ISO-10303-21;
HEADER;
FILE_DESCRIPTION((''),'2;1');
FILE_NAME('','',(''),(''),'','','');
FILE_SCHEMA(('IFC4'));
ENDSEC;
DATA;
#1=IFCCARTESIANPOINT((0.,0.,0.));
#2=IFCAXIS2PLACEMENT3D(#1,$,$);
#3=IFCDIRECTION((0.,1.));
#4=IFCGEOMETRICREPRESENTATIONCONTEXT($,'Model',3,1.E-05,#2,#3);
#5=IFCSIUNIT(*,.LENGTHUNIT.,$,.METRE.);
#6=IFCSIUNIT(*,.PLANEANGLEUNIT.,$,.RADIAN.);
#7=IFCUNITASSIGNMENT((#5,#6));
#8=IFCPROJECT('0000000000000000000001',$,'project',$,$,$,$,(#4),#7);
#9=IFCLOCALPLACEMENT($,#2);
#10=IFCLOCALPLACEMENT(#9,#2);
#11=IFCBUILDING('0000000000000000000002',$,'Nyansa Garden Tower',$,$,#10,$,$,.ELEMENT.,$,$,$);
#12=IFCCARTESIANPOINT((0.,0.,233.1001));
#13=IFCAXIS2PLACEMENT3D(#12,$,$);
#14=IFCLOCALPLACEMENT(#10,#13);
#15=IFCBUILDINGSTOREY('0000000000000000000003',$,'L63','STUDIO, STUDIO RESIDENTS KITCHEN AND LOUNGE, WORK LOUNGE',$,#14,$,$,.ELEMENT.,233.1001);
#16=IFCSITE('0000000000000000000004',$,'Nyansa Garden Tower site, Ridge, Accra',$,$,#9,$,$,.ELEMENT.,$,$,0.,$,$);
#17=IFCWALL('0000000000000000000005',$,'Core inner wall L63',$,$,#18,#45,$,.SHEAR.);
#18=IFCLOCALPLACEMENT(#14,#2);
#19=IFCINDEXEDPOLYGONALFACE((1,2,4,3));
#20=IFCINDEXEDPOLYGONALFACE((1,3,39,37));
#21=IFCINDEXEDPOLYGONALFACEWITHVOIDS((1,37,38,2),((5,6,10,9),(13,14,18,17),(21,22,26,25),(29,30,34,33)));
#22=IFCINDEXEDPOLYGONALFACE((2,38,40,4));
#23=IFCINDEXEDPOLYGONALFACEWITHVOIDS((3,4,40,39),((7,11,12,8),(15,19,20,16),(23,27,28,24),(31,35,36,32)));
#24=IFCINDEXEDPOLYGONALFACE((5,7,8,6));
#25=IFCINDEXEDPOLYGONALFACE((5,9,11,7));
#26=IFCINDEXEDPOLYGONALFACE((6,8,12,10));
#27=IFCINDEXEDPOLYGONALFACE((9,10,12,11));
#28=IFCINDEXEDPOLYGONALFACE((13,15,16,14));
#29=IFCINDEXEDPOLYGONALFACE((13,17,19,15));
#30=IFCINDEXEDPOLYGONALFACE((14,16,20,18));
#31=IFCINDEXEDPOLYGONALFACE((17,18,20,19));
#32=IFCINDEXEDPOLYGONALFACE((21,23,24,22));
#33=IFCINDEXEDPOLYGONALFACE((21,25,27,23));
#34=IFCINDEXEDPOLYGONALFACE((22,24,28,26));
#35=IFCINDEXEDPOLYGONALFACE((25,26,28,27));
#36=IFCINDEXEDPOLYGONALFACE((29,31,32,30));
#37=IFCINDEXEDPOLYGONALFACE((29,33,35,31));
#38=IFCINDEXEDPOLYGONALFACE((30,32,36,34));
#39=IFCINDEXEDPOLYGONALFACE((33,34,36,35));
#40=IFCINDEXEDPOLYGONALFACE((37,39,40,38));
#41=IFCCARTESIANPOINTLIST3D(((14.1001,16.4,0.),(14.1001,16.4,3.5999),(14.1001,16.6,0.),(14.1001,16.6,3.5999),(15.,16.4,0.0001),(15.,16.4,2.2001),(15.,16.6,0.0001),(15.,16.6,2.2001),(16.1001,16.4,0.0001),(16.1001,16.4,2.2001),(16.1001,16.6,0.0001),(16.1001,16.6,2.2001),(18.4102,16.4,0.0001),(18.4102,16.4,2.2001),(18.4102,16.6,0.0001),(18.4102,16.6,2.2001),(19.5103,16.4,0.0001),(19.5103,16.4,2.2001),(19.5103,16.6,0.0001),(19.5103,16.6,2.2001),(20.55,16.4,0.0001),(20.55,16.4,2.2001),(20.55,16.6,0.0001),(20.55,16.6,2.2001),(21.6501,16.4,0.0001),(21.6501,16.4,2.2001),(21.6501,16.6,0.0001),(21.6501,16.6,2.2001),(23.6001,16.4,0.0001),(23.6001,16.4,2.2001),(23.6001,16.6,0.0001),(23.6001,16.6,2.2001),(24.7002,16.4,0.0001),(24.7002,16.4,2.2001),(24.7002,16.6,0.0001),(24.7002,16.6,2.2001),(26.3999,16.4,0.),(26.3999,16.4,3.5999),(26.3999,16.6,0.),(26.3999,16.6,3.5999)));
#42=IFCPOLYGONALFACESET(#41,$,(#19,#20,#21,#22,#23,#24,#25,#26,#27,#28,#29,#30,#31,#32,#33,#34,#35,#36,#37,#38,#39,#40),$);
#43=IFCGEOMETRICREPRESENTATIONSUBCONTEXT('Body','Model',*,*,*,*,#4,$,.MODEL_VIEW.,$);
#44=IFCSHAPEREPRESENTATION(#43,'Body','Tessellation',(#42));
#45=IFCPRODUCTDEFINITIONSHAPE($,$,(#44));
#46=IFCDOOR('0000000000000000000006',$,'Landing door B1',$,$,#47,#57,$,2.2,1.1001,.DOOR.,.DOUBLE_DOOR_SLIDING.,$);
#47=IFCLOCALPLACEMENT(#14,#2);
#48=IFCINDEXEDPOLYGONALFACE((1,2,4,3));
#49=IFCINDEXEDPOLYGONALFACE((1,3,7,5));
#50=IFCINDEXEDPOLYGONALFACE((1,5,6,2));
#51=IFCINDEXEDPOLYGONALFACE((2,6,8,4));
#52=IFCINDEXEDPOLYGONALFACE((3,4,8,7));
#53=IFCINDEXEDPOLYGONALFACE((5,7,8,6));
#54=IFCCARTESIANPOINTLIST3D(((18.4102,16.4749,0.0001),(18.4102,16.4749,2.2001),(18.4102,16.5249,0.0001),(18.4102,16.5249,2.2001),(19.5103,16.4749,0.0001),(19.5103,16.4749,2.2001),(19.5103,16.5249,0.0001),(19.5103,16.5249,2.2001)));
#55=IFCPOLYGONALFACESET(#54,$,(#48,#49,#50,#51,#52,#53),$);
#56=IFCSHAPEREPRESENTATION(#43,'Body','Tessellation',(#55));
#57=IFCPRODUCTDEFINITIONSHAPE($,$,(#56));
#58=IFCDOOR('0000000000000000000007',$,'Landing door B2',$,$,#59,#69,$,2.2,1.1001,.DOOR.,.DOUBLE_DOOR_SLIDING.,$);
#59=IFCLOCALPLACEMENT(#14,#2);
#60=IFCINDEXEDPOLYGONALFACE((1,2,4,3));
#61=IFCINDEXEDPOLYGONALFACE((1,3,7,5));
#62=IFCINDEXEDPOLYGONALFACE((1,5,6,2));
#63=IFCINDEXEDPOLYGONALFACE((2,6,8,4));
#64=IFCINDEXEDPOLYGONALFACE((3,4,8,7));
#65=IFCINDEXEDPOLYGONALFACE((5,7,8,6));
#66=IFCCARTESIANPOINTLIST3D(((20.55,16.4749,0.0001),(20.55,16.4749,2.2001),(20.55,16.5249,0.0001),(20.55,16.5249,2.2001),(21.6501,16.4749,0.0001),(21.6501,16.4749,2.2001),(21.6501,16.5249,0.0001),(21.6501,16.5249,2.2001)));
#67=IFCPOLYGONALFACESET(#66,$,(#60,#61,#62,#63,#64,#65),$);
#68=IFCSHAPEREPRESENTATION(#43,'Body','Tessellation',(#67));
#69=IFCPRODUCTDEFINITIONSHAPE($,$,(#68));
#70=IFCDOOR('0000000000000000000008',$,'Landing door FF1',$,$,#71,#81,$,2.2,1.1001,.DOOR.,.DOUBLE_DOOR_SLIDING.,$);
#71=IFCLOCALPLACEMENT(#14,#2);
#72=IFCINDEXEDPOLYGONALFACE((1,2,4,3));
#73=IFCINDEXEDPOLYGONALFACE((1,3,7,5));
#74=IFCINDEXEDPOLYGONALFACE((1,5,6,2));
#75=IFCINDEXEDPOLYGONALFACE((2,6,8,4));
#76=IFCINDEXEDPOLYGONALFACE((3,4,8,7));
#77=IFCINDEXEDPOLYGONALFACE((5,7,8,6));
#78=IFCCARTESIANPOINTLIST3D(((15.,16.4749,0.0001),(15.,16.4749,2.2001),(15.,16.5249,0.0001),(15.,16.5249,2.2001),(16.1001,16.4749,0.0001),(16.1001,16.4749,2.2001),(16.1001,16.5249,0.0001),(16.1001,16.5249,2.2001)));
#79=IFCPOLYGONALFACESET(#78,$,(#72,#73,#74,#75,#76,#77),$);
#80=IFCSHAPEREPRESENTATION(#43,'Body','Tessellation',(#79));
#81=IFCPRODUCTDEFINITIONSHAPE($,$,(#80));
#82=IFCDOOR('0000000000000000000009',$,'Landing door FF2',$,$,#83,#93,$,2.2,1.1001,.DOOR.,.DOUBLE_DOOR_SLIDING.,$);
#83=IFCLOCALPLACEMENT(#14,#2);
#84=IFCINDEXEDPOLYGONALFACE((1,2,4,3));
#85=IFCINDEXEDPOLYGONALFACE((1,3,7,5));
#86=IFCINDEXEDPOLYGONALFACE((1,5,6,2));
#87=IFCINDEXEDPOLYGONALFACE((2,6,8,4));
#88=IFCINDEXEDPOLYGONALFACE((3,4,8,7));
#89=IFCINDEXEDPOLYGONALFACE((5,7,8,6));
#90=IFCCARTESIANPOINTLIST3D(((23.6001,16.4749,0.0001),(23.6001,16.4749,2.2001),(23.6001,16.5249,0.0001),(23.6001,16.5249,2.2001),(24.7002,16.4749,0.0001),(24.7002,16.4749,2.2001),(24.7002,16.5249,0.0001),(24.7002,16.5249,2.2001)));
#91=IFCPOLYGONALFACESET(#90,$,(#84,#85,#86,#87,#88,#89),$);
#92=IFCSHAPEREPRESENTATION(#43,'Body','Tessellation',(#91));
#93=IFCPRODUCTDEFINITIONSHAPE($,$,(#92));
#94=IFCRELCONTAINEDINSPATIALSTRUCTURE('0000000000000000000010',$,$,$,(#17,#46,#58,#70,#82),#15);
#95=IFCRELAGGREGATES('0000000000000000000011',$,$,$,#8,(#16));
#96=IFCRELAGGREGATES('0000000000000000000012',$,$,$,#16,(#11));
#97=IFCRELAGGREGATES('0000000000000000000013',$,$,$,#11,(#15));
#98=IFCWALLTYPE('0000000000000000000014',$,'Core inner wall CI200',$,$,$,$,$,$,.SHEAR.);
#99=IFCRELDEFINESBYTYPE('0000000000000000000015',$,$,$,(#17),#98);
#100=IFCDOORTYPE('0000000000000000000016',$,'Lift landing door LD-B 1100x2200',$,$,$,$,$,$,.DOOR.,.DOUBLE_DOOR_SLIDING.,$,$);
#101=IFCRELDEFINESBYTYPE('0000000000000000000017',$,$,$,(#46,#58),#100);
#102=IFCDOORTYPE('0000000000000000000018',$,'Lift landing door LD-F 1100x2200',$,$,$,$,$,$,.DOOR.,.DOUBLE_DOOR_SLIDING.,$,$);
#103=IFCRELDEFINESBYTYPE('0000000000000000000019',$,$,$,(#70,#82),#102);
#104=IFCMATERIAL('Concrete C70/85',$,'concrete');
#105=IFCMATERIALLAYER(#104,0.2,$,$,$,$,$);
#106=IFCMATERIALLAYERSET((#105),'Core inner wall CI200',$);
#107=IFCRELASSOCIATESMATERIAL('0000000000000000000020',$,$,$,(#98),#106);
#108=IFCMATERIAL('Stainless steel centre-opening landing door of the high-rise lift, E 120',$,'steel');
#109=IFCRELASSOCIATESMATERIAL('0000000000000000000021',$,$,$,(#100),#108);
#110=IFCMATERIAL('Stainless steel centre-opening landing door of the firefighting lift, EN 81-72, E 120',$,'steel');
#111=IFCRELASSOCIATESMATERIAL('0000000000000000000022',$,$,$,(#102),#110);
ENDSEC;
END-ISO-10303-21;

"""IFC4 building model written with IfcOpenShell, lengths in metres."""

from ifc_helpers import new_model, si_unit, direction, frame, frame_2d, origin, place, context, subcontext, project, spatial, rectangle, extrude, material, layer, layer_set, type_object, element, fill, save


model = new_model("IFC4")

# Units and contexts
model_context = context("Model", 3, precision=1e-05, world=origin(), true_north=direction((0.0, 1.0)))
body_context = subcontext(model_context, "Body", "Model", "MODEL_VIEW")
ifc_project = project(units=[si_unit("LENGTHUNIT", "METRE"), si_unit("PLANEANGLEUNIT", "RADIAN")], contexts=[model_context])

# Site, building, storey
site_placement = place(None, origin())
site = spatial("IfcSite", under=ifc_project, at=site_placement, Name="Nyansa Garden Tower site, Ridge, Accra", CompositionType="ELEMENT", RefElevation=0.0)
building_placement = place(site_placement, origin())
building = spatial("IfcBuilding", under=site, at=building_placement, Name="Nyansa Garden Tower", CompositionType="ELEMENT")
storey_placement = place(building_placement, frame((0.0, 0.0, 233.1001)))
storey = spatial("IfcBuildingStorey", under=building, at=storey_placement, Name="L63", Description="STUDIO, STUDIO RESIDENTS KITCHEN AND LOUNGE, WORK LOUNGE", CompositionType="ELEMENT", Elevation=233.1001)

# Wall, openings, doors
ifc_material_1 = material(Name="Concrete C70/85", Category="concrete")
ifc_layer_1 = layer(ifc_material_1, 0.2)
ifc_layer_set_1 = layer_set([ifc_layer_1], Name="Core inner wall CI200")
wall_type_1 = type_object("IfcWallType", Name="Core inner wall CI200", PredefinedType="SHEAR", material=ifc_layer_set_1)
wall_1_placement = place(storey_placement, frame((14.1001, 16.5, 0.0), z_axis=(0.0, 0.0, 1.0), x_axis=(1.0, 0.0, 0.0)))
wall_1 = element("IfcWall", 1, at=wall_1_placement, inside=storey, type_object=wall_type_1, Name="Core inner wall L63", PredefinedType="SHEAR", context=body_context, shape_type="SweptSolid", body=[
    extrude(rectangle(XDim=12.2998, YDim=0.2, at=frame_2d((6.1499, 0.0))), origin(), (0.0, 0.0, 1.0), 3.5999),
])
opening_1_placement = place(wall_1_placement, frame((0.8999, 0.0, 0.0)))
opening_1 = element("IfcOpeningElement", 2, at=opening_1_placement, cuts=wall_1, PredefinedType="OPENING", context=body_context, shape_type="SweptSolid", body=[
    extrude(rectangle(XDim=1.1001, YDim=2.2, at=frame_2d((0.55, 1.1001))), frame((0.0, 0.1099, 0.0), z_axis=(0.0, -1.0, 0.0), x_axis=(1.0, 0.0, 0.0)), (0.0, 0.0, 1.0), 0.22),
])
opening_2_placement = place(wall_1_placement, frame((4.3101, 0.0, 0.0)))
opening_2 = element("IfcOpeningElement", 3, at=opening_2_placement, cuts=wall_1, PredefinedType="OPENING", context=body_context, shape_type="SweptSolid", body=[
    extrude(rectangle(XDim=1.1001, YDim=2.2, at=frame_2d((0.55, 1.1001))), frame((0.0, 0.1099, 0.0), z_axis=(0.0, -1.0, 0.0), x_axis=(1.0, 0.0, 0.0)), (0.0, 0.0, 1.0), 0.22),
])
opening_3_placement = place(wall_1_placement, frame((6.45, 0.0, 0.0)))
opening_3 = element("IfcOpeningElement", 4, at=opening_3_placement, cuts=wall_1, PredefinedType="OPENING", context=body_context, shape_type="SweptSolid", body=[
    extrude(rectangle(XDim=1.1001, YDim=2.2, at=frame_2d((0.55, 1.1001))), frame((0.0, 0.1099, 0.0), z_axis=(0.0, -1.0, 0.0), x_axis=(1.0, 0.0, 0.0)), (0.0, 0.0, 1.0), 0.22),
])
opening_4_placement = place(wall_1_placement, frame((9.5, 0.0, 0.0)))
opening_4 = element("IfcOpeningElement", 5, at=opening_4_placement, cuts=wall_1, PredefinedType="OPENING", context=body_context, shape_type="SweptSolid", body=[
    extrude(rectangle(XDim=1.1001, YDim=2.2, at=frame_2d((0.55, 1.1001))), frame((0.0, 0.1099, 0.0), z_axis=(0.0, -1.0, 0.0), x_axis=(1.0, 0.0, 0.0)), (0.0, 0.0, 1.0), 0.22),
])
ifc_material_2 = material(Name="Stainless steel centre-opening landing door of the high-rise lift, E 120", Category="steel")
door_type_1 = type_object("IfcDoorType", Name="Lift landing door LD-B 1100x2200", OperationType="DOUBLE_DOOR_SLIDING", PredefinedType="DOOR", material=ifc_material_2)
door_1_placement = place(opening_2_placement, origin())
door_1 = element("IfcDoor", 6, at=door_1_placement, inside=storey, type_object=door_type_1, Name="Landing door B1", OperationType="DOUBLE_DOOR_SLIDING", OverallHeight=2.2, OverallWidth=1.1001, PredefinedType="DOOR", context=body_context, shape_type="SweptSolid", body=[
    extrude(rectangle(XDim=1.1001, YDim=2.2, at=frame_2d((0.55, 1.1001))), frame((0.0, 0.0249, 0.0), z_axis=(0.0, -1.0, 0.0), x_axis=(1.0, 0.0, 0.0)), (0.0, 0.0, 1.0), 0.05),
])
fill(opening_2, door_1)
door_2_placement = place(opening_3_placement, origin())
door_2 = element("IfcDoor", 7, at=door_2_placement, inside=storey, type_object=door_type_1, Name="Landing door B2", OperationType="DOUBLE_DOOR_SLIDING", OverallHeight=2.2, OverallWidth=1.1001, PredefinedType="DOOR", context=body_context, shape_type="SweptSolid", body=[
    extrude(rectangle(XDim=1.1001, YDim=2.2, at=frame_2d((0.55, 1.1001))), frame((0.0, 0.0249, 0.0), z_axis=(0.0, -1.0, 0.0), x_axis=(1.0, 0.0, 0.0)), (0.0, 0.0, 1.0), 0.05),
])
fill(opening_3, door_2)
ifc_material_3 = material(Name="Stainless steel centre-opening landing door of the firefighting lift, EN 81-72, E 120", Category="steel")
door_type_2 = type_object("IfcDoorType", Name="Lift landing door LD-F 1100x2200", OperationType="DOUBLE_DOOR_SLIDING", PredefinedType="DOOR", material=ifc_material_3)
door_3_placement = place(opening_1_placement, origin())
door_3 = element("IfcDoor", 8, at=door_3_placement, inside=storey, type_object=door_type_2, Name="Landing door FF1", OperationType="DOUBLE_DOOR_SLIDING", OverallHeight=2.2, OverallWidth=1.1001, PredefinedType="DOOR", context=body_context, shape_type="SweptSolid", body=[
    extrude(rectangle(XDim=1.1001, YDim=2.2, at=frame_2d((0.55, 1.1001))), frame((0.0, 0.0249, 0.0), z_axis=(0.0, -1.0, 0.0), x_axis=(1.0, 0.0, 0.0)), (0.0, 0.0, 1.0), 0.05),
])
fill(opening_1, door_3)
door_4_placement = place(opening_4_placement, origin())
door_4 = element("IfcDoor", 9, at=door_4_placement, inside=storey, type_object=door_type_2, Name="Landing door FF2", OperationType="DOUBLE_DOOR_SLIDING", OverallHeight=2.2, OverallWidth=1.1001, PredefinedType="DOOR", context=body_context, shape_type="SweptSolid", body=[
    extrude(rectangle(XDim=1.1001, YDim=2.2, at=frame_2d((0.55, 1.1001))), frame((0.0, 0.0249, 0.0), z_axis=(0.0, -1.0, 0.0), x_axis=(1.0, 0.0, 0.0)), (0.0, 0.0, 1.0), 0.05),
])
fill(opening_4, door_4)

save(model, "model.ifc")
